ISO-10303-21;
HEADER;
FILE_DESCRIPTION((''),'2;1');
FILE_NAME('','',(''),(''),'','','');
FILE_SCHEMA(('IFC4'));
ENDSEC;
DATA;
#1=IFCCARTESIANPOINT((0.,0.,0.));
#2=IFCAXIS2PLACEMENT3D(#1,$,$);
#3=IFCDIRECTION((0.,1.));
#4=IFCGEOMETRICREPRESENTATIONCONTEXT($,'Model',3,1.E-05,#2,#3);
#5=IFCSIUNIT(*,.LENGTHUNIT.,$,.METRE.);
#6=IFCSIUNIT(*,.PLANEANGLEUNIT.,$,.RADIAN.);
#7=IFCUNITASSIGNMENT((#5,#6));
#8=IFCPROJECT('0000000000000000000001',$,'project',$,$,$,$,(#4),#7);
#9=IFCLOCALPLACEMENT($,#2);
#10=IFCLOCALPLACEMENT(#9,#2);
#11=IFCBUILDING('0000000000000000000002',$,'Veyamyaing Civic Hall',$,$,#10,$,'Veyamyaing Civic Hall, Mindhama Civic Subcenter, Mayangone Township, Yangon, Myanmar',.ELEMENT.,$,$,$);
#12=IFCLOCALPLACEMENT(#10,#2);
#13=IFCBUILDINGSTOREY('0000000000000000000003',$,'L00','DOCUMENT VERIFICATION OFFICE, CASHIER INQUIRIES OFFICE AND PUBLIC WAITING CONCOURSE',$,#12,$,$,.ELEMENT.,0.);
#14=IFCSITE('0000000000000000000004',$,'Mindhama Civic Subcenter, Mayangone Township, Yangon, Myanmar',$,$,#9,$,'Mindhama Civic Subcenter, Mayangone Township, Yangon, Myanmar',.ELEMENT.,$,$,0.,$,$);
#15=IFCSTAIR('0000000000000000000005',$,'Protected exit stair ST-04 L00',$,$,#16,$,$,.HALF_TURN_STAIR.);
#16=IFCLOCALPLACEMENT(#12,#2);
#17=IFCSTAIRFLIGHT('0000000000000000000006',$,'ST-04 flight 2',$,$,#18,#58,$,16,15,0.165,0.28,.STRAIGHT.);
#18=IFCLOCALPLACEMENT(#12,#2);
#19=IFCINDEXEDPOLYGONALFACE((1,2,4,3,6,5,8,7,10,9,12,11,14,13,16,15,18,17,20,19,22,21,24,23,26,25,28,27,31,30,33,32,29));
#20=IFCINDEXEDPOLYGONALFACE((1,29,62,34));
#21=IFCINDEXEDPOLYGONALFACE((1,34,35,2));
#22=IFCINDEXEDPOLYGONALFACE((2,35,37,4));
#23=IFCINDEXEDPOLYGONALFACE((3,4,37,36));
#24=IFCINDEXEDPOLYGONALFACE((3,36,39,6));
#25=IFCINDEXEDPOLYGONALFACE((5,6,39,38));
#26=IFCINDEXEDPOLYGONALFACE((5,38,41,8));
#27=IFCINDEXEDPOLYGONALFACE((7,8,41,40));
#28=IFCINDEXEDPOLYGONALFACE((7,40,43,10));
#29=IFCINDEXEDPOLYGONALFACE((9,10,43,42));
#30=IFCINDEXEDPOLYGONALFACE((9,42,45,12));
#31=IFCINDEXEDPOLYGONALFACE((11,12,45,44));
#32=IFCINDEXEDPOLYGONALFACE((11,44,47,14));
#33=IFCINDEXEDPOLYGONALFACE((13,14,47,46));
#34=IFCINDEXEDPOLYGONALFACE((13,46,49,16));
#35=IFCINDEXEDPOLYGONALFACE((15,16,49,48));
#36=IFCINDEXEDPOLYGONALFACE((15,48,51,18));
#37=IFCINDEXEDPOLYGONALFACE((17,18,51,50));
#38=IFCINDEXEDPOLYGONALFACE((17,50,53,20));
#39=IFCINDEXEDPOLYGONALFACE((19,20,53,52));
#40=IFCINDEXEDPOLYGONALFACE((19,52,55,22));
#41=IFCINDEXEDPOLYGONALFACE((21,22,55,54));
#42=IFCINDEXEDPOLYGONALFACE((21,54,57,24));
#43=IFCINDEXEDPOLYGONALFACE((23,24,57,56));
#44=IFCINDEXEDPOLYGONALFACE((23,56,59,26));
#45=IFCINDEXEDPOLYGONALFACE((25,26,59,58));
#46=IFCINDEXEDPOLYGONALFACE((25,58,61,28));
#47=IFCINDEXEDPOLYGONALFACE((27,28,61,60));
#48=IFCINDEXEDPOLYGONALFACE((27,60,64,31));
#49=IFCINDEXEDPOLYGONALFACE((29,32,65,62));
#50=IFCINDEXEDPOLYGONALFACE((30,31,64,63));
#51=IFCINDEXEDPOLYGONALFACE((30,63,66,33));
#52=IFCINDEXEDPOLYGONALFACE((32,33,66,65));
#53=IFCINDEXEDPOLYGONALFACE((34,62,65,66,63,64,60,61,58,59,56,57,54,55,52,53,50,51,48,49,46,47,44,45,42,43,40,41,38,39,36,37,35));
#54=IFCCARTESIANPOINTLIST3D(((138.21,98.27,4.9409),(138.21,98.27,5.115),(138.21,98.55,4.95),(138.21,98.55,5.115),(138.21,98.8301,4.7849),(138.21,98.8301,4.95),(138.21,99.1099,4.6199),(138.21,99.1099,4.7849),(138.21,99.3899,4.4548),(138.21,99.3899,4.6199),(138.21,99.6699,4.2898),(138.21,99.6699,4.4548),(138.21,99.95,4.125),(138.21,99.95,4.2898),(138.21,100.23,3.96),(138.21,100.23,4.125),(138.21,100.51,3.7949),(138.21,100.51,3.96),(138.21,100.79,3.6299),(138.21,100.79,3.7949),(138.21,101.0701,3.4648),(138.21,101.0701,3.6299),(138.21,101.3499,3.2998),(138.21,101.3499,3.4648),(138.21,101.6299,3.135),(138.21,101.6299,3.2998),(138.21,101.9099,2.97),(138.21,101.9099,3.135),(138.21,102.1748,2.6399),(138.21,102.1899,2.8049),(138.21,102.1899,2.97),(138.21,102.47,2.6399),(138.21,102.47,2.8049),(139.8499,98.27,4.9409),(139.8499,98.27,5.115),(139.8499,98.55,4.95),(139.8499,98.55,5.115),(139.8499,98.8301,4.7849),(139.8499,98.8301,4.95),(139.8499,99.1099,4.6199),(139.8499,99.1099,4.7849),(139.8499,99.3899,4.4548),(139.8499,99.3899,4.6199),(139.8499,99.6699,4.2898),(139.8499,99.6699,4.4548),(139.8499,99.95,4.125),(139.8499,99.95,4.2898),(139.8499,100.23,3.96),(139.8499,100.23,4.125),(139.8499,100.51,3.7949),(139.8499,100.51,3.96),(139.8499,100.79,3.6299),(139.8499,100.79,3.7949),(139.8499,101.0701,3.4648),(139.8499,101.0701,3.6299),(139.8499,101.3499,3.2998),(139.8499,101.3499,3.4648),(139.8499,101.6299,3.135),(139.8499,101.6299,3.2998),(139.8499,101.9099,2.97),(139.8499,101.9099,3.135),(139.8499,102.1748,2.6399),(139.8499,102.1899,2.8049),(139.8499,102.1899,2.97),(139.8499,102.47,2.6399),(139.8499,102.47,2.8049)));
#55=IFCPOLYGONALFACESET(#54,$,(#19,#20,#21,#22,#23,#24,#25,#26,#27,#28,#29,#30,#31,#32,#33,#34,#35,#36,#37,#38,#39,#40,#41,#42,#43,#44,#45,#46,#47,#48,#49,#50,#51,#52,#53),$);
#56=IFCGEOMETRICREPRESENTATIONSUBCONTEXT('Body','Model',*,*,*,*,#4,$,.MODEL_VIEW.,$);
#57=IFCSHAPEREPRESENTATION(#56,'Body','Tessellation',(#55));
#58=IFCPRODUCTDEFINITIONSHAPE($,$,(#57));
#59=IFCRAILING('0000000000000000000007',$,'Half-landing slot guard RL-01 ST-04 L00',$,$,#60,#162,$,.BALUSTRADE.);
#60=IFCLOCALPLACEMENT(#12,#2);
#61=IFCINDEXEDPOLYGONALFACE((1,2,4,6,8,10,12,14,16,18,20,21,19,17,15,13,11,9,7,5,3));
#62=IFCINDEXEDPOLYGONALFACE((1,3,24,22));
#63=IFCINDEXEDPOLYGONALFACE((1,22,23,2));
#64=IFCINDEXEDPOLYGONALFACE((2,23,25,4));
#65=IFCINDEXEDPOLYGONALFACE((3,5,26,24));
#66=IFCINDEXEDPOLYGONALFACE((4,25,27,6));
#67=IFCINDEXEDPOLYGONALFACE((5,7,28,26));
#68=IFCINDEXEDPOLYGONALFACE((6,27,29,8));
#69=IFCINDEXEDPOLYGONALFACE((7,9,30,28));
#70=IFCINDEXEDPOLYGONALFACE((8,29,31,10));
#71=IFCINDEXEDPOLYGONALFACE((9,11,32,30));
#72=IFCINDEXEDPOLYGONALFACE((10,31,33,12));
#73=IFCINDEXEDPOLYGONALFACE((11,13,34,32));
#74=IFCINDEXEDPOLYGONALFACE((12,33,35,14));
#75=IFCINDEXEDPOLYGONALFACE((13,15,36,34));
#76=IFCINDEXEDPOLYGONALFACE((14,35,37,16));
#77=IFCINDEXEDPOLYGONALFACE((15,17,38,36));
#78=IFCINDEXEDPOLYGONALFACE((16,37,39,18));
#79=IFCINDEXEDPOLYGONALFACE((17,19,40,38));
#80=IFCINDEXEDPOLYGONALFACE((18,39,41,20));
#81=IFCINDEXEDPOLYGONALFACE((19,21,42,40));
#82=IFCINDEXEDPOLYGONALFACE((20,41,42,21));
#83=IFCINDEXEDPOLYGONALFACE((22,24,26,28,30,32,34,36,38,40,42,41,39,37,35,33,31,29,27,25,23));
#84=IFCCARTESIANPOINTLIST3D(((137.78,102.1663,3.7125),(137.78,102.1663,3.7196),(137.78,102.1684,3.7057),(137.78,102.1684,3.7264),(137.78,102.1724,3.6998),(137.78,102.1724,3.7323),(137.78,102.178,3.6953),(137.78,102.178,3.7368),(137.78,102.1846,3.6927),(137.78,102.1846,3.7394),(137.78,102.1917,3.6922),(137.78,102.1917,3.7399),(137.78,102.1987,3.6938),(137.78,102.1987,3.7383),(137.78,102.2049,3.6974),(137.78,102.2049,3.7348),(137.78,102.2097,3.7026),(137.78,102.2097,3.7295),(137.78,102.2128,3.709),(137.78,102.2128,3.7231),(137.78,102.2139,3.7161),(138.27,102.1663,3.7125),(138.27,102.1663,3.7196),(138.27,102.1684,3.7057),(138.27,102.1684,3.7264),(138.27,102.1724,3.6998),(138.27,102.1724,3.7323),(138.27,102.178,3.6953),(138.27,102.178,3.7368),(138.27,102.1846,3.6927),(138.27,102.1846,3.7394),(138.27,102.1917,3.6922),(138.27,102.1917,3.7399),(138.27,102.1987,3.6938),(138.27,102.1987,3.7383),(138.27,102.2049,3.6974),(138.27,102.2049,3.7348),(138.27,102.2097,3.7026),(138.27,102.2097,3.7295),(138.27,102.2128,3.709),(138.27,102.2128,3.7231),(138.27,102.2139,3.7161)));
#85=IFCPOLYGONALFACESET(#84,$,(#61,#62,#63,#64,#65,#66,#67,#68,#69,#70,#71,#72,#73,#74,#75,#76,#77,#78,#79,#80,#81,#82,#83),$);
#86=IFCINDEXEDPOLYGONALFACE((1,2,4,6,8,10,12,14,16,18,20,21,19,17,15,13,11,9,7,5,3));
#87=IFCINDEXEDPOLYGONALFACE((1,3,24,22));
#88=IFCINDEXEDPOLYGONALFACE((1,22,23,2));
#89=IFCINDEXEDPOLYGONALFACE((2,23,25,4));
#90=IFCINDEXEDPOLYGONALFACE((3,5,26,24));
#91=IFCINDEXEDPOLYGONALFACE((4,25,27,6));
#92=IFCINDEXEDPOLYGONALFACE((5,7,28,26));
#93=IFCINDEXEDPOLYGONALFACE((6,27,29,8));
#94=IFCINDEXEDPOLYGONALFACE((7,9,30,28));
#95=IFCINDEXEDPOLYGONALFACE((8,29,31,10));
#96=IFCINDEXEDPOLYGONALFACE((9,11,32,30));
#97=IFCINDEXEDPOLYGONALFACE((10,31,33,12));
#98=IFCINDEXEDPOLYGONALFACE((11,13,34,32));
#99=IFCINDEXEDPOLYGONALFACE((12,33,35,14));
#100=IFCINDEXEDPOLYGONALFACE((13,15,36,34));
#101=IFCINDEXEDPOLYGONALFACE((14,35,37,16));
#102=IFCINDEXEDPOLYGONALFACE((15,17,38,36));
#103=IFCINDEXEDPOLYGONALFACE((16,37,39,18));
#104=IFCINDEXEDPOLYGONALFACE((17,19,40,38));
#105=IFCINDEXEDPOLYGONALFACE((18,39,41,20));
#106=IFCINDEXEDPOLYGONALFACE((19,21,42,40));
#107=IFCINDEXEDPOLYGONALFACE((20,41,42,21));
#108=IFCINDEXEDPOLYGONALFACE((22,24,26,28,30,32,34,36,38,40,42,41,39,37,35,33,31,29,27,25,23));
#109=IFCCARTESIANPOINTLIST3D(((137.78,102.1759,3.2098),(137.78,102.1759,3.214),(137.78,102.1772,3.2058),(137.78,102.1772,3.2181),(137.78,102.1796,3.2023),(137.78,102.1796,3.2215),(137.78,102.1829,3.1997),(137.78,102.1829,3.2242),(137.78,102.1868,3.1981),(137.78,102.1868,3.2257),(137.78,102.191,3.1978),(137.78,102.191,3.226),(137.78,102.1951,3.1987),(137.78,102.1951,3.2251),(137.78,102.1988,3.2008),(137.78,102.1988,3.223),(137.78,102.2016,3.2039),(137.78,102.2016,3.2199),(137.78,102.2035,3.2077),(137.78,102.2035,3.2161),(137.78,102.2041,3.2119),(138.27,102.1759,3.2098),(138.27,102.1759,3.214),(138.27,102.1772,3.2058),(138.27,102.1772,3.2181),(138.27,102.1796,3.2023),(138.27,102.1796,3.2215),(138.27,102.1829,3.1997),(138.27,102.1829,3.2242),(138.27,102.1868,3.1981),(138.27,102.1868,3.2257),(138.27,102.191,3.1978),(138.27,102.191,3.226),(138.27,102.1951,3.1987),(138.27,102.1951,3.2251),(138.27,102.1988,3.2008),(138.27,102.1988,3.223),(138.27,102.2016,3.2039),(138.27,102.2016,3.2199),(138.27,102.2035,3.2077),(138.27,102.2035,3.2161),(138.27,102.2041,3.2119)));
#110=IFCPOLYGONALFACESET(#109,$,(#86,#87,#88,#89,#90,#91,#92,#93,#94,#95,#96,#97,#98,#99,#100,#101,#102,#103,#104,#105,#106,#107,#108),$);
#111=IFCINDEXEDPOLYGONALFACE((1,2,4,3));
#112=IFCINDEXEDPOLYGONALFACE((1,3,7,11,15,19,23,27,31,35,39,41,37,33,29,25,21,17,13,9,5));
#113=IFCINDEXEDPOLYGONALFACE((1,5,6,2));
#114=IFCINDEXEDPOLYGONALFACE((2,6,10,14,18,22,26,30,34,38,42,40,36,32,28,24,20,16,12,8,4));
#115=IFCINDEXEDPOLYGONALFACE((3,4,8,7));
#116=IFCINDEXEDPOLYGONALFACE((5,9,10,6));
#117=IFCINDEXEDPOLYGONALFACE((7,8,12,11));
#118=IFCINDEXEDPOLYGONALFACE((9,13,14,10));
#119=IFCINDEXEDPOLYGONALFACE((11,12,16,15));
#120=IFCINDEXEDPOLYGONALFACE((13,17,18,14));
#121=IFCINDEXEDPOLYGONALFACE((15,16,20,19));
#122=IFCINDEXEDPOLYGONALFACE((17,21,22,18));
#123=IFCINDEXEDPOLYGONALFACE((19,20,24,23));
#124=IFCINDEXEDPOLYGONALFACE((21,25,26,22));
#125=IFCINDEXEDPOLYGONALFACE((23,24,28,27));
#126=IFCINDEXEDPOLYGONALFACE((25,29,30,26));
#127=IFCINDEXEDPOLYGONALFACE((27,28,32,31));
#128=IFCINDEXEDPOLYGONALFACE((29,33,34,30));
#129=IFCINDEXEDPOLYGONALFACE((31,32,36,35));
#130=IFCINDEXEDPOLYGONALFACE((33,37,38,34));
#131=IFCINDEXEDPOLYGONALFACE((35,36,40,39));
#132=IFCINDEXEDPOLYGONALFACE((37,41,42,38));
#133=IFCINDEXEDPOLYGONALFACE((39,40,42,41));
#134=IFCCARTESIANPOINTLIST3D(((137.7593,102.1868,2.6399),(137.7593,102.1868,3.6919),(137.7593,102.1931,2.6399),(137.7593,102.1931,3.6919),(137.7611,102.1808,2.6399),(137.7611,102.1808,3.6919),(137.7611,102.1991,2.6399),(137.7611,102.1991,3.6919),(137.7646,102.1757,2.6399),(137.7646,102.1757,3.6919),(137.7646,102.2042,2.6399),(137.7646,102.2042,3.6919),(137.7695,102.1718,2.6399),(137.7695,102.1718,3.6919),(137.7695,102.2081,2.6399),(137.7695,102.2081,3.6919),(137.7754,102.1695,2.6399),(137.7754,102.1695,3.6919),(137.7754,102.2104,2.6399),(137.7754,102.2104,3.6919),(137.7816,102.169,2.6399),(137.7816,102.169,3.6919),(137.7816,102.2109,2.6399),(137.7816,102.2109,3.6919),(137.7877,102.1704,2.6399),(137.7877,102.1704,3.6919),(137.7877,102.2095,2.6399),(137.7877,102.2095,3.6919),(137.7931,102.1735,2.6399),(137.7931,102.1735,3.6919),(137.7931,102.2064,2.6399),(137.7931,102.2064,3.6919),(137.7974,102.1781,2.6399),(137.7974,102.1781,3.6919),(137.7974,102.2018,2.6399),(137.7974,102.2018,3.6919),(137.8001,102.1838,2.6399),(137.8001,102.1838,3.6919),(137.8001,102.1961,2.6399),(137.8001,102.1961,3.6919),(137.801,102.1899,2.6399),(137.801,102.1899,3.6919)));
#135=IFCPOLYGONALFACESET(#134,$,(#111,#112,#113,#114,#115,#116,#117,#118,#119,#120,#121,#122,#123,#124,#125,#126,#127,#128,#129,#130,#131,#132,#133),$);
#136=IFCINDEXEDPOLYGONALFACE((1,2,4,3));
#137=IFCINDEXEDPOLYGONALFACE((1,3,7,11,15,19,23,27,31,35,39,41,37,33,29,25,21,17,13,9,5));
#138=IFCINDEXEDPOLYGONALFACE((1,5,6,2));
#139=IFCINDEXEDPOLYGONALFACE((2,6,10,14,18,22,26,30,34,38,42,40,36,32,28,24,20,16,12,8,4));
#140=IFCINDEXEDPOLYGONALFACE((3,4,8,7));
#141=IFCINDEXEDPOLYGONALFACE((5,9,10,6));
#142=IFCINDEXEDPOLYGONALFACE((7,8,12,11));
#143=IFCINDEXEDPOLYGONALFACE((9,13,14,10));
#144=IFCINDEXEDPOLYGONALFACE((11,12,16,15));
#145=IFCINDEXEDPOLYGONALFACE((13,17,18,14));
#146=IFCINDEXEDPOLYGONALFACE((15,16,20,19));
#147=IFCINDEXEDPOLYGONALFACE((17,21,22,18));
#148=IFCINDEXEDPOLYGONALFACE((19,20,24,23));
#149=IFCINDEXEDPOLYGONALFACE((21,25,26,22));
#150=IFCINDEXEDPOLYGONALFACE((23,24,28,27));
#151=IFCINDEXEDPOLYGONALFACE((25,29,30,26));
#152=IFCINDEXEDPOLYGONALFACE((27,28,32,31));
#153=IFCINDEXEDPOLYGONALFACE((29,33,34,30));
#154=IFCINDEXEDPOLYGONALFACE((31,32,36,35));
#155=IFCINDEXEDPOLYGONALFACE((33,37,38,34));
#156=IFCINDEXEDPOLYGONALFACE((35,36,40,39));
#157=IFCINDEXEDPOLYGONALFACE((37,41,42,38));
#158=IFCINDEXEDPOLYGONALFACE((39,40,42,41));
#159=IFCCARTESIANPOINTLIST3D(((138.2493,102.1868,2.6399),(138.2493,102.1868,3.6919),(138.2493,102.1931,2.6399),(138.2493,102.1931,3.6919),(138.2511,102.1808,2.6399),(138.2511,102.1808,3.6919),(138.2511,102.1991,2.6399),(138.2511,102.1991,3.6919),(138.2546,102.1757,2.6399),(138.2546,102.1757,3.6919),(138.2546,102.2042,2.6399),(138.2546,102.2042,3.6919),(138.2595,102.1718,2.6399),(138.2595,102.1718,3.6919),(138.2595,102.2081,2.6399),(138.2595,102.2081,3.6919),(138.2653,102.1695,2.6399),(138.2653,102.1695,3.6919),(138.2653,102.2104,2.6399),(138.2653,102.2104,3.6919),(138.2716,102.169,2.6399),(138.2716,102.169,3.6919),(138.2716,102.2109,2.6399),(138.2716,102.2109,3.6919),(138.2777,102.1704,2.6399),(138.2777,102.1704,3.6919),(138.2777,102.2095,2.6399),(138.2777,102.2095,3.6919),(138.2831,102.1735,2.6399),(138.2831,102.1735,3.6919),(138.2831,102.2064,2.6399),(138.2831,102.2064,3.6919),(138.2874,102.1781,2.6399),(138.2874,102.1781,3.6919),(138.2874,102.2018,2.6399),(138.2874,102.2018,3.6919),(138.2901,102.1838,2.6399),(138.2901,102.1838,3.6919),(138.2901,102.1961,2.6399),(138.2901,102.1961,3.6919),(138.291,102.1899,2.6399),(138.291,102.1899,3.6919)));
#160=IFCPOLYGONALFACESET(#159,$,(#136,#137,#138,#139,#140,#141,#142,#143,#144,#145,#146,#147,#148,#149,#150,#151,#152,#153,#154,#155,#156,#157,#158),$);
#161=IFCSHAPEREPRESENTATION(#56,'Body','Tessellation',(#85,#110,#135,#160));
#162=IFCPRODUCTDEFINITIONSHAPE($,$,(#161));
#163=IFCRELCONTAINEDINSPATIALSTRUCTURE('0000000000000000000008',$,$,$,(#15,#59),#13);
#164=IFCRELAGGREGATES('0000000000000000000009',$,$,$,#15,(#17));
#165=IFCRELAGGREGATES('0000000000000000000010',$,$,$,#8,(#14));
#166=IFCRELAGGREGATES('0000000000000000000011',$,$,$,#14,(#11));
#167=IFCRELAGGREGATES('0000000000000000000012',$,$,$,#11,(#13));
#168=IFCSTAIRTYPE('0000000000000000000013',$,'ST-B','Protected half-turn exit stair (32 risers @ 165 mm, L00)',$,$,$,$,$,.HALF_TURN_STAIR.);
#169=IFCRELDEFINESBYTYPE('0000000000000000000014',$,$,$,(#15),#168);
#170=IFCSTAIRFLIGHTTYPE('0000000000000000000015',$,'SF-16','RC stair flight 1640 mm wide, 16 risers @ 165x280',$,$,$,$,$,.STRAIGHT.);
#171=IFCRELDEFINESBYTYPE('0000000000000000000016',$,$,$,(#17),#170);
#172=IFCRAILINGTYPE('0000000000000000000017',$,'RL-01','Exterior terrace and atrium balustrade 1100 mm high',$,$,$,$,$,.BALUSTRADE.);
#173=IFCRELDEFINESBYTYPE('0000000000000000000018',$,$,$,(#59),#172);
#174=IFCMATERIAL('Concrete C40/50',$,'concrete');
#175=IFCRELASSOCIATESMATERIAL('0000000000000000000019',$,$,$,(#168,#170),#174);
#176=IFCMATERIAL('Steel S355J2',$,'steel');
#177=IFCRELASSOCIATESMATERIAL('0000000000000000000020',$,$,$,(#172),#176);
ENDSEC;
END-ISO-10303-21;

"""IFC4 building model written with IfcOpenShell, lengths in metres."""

from ifc_helpers import new_model, si_unit, direction, frame, origin, origin_2d, place, context, subcontext, project, spatial, polyline, circle, outline, extrude, material, type_object, element, aggregate, save


model = new_model("IFC4")

# Units and contexts
model_context = context("Model", 3, precision=1e-05, world=origin(), true_north=direction((0.0, 1.0)))
body_context = subcontext(model_context, "Body", "Model", "MODEL_VIEW")
ifc_project = project(units=[si_unit("LENGTHUNIT", "METRE"), si_unit("PLANEANGLEUNIT", "RADIAN")], contexts=[model_context])

# Site, building, storey
site_placement = place(None, origin())
site = spatial("IfcSite", under=ifc_project, at=site_placement, Name="Mindhama Civic Subcenter, Mayangone Township, Yangon, Myanmar", LongName="Mindhama Civic Subcenter, Mayangone Township, Yangon, Myanmar", CompositionType="ELEMENT", RefElevation=0.0)
building_placement = place(site_placement, origin())
building = spatial("IfcBuilding", under=site, at=building_placement, Name="Veyamyaing Civic Hall", LongName="Veyamyaing Civic Hall, Mindhama Civic Subcenter, Mayangone Township, Yangon, Myanmar", CompositionType="ELEMENT")
storey_placement = place(building_placement, origin())
storey = spatial("IfcBuildingStorey", under=building, at=storey_placement, Name="L00", Description="DOCUMENT VERIFICATION OFFICE, CASHIER INQUIRIES OFFICE AND PUBLIC WAITING CONCOURSE", CompositionType="ELEMENT", Elevation=0.0)

# Shared definitions
ifc_material_1 = material(Name="Concrete C40/50", Category="concrete")

# Stair, stair flight
stair_type = type_object("IfcStairType", Name="ST-B", Description="Protected half-turn exit stair (32 risers @ 165 mm, L00)", PredefinedType="HALF_TURN_STAIR", material=ifc_material_1)
stair_placement = place(storey_placement, origin())
stair = element("IfcStair", 1, at=stair_placement, inside=storey, type_object=stair_type, Name="Protected exit stair ST-04 L00", PredefinedType="HALF_TURN_STAIR")
stair_flight_type = type_object("IfcStairFlightType", Name="SF-16", Description="RC stair flight 1640 mm wide, 16 risers @ 165x280", PredefinedType="STRAIGHT", material=ifc_material_1)
stair_flight_placement = place(storey_placement, frame((139.03, 102.47, 2.6399), z_axis=(0.0, 0.0, 1.0), x_axis=(0.0, -1.0, 0.0)))
stair_flight = element("IfcStairFlight", 2, at=stair_flight_placement, type_object=stair_flight_type, Name="ST-04 flight 2", NumberOfRisers=16, NumberOfTreads=15, PredefinedType="STRAIGHT", RiserHeight=0.165, TreadLength=0.28, context=body_context, shape_type="SweptSolid", body=[
    extrude(outline(polyline([(0.0, 0.0), (0.0, 0.165), (0.28, 0.165), (0.28, 0.3301), (0.5601, 0.3301), (0.5601, 0.4951), (0.8401, 0.4951), (0.8401, 0.6599), (1.1201, 0.6599), (1.1201, 0.825), (1.3999, 0.825), (1.3999, 0.99), (1.6799, 0.99), (1.6799, 1.155), (1.96, 1.155), (1.96, 1.3201), (2.24, 1.3201), (2.24, 1.4851), (2.52, 1.4851), (2.52, 1.6499), (2.8, 1.6499), (2.8, 1.8149), (3.0801, 1.8149), (3.0801, 1.98), (3.3601, 1.98), (3.3601, 2.145), (3.6399, 2.145), (3.6399, 2.3101), (3.9199, 2.3101), (3.9199, 2.4751), (4.2, 2.4751), (4.2, 2.6399), (4.2, 2.301), (0.2952, 0.0), (0.0, 0.0)])), frame((0.0, 0.8198, 0.0), z_axis=(0.0, -1.0, 0.0), x_axis=(1.0, 0.0, 0.0)), (0.0, 0.0, 1.0), 1.6399),
])
aggregate(stair, [stair_flight])

# Railing
ifc_material_2 = material(Name="Steel S355J2", Category="steel")
railing_type_1 = type_object("IfcRailingType", Name="RL-01", Description="Exterior terrace and atrium balustrade 1100 mm high", PredefinedType="BALUSTRADE", material=ifc_material_2)
railing_1_placement = place(storey_placement, frame((137.78, 102.1899, 2.6399)))
element("IfcRailing", 3, at=railing_1_placement, inside=storey, type_object=railing_type_1, Name="Half-landing slot guard RL-01 ST-04 L00", PredefinedType="BALUSTRADE", context=body_context, shape_type="SweptSolid", body=[
    extrude(circle(Radius=0.0239, at=origin_2d()), frame((0.0, 0.0, 1.0762), z_axis=(1.0, 0.0, 0.0), x_axis=(0.0, 1.0, 0.0)), (0.0, 0.0, 1.0), 0.49),
    extrude(circle(Radius=0.0142, at=origin_2d()), frame((0.0, 0.0, 0.572), z_axis=(1.0, 0.0, 0.0), x_axis=(0.0, 1.0, 0.0)), (0.0, 0.0, 1.0), 0.49),
    extrude(circle(Radius=0.021, at=origin_2d()), origin(), (0.0, 0.0, 1.0), 1.052),
    extrude(circle(Radius=0.021, at=origin_2d()), frame((0.49, 0.0, 0.0)), (0.0, 0.0, 1.0), 1.052),
])

save(model, "model.ifc")
